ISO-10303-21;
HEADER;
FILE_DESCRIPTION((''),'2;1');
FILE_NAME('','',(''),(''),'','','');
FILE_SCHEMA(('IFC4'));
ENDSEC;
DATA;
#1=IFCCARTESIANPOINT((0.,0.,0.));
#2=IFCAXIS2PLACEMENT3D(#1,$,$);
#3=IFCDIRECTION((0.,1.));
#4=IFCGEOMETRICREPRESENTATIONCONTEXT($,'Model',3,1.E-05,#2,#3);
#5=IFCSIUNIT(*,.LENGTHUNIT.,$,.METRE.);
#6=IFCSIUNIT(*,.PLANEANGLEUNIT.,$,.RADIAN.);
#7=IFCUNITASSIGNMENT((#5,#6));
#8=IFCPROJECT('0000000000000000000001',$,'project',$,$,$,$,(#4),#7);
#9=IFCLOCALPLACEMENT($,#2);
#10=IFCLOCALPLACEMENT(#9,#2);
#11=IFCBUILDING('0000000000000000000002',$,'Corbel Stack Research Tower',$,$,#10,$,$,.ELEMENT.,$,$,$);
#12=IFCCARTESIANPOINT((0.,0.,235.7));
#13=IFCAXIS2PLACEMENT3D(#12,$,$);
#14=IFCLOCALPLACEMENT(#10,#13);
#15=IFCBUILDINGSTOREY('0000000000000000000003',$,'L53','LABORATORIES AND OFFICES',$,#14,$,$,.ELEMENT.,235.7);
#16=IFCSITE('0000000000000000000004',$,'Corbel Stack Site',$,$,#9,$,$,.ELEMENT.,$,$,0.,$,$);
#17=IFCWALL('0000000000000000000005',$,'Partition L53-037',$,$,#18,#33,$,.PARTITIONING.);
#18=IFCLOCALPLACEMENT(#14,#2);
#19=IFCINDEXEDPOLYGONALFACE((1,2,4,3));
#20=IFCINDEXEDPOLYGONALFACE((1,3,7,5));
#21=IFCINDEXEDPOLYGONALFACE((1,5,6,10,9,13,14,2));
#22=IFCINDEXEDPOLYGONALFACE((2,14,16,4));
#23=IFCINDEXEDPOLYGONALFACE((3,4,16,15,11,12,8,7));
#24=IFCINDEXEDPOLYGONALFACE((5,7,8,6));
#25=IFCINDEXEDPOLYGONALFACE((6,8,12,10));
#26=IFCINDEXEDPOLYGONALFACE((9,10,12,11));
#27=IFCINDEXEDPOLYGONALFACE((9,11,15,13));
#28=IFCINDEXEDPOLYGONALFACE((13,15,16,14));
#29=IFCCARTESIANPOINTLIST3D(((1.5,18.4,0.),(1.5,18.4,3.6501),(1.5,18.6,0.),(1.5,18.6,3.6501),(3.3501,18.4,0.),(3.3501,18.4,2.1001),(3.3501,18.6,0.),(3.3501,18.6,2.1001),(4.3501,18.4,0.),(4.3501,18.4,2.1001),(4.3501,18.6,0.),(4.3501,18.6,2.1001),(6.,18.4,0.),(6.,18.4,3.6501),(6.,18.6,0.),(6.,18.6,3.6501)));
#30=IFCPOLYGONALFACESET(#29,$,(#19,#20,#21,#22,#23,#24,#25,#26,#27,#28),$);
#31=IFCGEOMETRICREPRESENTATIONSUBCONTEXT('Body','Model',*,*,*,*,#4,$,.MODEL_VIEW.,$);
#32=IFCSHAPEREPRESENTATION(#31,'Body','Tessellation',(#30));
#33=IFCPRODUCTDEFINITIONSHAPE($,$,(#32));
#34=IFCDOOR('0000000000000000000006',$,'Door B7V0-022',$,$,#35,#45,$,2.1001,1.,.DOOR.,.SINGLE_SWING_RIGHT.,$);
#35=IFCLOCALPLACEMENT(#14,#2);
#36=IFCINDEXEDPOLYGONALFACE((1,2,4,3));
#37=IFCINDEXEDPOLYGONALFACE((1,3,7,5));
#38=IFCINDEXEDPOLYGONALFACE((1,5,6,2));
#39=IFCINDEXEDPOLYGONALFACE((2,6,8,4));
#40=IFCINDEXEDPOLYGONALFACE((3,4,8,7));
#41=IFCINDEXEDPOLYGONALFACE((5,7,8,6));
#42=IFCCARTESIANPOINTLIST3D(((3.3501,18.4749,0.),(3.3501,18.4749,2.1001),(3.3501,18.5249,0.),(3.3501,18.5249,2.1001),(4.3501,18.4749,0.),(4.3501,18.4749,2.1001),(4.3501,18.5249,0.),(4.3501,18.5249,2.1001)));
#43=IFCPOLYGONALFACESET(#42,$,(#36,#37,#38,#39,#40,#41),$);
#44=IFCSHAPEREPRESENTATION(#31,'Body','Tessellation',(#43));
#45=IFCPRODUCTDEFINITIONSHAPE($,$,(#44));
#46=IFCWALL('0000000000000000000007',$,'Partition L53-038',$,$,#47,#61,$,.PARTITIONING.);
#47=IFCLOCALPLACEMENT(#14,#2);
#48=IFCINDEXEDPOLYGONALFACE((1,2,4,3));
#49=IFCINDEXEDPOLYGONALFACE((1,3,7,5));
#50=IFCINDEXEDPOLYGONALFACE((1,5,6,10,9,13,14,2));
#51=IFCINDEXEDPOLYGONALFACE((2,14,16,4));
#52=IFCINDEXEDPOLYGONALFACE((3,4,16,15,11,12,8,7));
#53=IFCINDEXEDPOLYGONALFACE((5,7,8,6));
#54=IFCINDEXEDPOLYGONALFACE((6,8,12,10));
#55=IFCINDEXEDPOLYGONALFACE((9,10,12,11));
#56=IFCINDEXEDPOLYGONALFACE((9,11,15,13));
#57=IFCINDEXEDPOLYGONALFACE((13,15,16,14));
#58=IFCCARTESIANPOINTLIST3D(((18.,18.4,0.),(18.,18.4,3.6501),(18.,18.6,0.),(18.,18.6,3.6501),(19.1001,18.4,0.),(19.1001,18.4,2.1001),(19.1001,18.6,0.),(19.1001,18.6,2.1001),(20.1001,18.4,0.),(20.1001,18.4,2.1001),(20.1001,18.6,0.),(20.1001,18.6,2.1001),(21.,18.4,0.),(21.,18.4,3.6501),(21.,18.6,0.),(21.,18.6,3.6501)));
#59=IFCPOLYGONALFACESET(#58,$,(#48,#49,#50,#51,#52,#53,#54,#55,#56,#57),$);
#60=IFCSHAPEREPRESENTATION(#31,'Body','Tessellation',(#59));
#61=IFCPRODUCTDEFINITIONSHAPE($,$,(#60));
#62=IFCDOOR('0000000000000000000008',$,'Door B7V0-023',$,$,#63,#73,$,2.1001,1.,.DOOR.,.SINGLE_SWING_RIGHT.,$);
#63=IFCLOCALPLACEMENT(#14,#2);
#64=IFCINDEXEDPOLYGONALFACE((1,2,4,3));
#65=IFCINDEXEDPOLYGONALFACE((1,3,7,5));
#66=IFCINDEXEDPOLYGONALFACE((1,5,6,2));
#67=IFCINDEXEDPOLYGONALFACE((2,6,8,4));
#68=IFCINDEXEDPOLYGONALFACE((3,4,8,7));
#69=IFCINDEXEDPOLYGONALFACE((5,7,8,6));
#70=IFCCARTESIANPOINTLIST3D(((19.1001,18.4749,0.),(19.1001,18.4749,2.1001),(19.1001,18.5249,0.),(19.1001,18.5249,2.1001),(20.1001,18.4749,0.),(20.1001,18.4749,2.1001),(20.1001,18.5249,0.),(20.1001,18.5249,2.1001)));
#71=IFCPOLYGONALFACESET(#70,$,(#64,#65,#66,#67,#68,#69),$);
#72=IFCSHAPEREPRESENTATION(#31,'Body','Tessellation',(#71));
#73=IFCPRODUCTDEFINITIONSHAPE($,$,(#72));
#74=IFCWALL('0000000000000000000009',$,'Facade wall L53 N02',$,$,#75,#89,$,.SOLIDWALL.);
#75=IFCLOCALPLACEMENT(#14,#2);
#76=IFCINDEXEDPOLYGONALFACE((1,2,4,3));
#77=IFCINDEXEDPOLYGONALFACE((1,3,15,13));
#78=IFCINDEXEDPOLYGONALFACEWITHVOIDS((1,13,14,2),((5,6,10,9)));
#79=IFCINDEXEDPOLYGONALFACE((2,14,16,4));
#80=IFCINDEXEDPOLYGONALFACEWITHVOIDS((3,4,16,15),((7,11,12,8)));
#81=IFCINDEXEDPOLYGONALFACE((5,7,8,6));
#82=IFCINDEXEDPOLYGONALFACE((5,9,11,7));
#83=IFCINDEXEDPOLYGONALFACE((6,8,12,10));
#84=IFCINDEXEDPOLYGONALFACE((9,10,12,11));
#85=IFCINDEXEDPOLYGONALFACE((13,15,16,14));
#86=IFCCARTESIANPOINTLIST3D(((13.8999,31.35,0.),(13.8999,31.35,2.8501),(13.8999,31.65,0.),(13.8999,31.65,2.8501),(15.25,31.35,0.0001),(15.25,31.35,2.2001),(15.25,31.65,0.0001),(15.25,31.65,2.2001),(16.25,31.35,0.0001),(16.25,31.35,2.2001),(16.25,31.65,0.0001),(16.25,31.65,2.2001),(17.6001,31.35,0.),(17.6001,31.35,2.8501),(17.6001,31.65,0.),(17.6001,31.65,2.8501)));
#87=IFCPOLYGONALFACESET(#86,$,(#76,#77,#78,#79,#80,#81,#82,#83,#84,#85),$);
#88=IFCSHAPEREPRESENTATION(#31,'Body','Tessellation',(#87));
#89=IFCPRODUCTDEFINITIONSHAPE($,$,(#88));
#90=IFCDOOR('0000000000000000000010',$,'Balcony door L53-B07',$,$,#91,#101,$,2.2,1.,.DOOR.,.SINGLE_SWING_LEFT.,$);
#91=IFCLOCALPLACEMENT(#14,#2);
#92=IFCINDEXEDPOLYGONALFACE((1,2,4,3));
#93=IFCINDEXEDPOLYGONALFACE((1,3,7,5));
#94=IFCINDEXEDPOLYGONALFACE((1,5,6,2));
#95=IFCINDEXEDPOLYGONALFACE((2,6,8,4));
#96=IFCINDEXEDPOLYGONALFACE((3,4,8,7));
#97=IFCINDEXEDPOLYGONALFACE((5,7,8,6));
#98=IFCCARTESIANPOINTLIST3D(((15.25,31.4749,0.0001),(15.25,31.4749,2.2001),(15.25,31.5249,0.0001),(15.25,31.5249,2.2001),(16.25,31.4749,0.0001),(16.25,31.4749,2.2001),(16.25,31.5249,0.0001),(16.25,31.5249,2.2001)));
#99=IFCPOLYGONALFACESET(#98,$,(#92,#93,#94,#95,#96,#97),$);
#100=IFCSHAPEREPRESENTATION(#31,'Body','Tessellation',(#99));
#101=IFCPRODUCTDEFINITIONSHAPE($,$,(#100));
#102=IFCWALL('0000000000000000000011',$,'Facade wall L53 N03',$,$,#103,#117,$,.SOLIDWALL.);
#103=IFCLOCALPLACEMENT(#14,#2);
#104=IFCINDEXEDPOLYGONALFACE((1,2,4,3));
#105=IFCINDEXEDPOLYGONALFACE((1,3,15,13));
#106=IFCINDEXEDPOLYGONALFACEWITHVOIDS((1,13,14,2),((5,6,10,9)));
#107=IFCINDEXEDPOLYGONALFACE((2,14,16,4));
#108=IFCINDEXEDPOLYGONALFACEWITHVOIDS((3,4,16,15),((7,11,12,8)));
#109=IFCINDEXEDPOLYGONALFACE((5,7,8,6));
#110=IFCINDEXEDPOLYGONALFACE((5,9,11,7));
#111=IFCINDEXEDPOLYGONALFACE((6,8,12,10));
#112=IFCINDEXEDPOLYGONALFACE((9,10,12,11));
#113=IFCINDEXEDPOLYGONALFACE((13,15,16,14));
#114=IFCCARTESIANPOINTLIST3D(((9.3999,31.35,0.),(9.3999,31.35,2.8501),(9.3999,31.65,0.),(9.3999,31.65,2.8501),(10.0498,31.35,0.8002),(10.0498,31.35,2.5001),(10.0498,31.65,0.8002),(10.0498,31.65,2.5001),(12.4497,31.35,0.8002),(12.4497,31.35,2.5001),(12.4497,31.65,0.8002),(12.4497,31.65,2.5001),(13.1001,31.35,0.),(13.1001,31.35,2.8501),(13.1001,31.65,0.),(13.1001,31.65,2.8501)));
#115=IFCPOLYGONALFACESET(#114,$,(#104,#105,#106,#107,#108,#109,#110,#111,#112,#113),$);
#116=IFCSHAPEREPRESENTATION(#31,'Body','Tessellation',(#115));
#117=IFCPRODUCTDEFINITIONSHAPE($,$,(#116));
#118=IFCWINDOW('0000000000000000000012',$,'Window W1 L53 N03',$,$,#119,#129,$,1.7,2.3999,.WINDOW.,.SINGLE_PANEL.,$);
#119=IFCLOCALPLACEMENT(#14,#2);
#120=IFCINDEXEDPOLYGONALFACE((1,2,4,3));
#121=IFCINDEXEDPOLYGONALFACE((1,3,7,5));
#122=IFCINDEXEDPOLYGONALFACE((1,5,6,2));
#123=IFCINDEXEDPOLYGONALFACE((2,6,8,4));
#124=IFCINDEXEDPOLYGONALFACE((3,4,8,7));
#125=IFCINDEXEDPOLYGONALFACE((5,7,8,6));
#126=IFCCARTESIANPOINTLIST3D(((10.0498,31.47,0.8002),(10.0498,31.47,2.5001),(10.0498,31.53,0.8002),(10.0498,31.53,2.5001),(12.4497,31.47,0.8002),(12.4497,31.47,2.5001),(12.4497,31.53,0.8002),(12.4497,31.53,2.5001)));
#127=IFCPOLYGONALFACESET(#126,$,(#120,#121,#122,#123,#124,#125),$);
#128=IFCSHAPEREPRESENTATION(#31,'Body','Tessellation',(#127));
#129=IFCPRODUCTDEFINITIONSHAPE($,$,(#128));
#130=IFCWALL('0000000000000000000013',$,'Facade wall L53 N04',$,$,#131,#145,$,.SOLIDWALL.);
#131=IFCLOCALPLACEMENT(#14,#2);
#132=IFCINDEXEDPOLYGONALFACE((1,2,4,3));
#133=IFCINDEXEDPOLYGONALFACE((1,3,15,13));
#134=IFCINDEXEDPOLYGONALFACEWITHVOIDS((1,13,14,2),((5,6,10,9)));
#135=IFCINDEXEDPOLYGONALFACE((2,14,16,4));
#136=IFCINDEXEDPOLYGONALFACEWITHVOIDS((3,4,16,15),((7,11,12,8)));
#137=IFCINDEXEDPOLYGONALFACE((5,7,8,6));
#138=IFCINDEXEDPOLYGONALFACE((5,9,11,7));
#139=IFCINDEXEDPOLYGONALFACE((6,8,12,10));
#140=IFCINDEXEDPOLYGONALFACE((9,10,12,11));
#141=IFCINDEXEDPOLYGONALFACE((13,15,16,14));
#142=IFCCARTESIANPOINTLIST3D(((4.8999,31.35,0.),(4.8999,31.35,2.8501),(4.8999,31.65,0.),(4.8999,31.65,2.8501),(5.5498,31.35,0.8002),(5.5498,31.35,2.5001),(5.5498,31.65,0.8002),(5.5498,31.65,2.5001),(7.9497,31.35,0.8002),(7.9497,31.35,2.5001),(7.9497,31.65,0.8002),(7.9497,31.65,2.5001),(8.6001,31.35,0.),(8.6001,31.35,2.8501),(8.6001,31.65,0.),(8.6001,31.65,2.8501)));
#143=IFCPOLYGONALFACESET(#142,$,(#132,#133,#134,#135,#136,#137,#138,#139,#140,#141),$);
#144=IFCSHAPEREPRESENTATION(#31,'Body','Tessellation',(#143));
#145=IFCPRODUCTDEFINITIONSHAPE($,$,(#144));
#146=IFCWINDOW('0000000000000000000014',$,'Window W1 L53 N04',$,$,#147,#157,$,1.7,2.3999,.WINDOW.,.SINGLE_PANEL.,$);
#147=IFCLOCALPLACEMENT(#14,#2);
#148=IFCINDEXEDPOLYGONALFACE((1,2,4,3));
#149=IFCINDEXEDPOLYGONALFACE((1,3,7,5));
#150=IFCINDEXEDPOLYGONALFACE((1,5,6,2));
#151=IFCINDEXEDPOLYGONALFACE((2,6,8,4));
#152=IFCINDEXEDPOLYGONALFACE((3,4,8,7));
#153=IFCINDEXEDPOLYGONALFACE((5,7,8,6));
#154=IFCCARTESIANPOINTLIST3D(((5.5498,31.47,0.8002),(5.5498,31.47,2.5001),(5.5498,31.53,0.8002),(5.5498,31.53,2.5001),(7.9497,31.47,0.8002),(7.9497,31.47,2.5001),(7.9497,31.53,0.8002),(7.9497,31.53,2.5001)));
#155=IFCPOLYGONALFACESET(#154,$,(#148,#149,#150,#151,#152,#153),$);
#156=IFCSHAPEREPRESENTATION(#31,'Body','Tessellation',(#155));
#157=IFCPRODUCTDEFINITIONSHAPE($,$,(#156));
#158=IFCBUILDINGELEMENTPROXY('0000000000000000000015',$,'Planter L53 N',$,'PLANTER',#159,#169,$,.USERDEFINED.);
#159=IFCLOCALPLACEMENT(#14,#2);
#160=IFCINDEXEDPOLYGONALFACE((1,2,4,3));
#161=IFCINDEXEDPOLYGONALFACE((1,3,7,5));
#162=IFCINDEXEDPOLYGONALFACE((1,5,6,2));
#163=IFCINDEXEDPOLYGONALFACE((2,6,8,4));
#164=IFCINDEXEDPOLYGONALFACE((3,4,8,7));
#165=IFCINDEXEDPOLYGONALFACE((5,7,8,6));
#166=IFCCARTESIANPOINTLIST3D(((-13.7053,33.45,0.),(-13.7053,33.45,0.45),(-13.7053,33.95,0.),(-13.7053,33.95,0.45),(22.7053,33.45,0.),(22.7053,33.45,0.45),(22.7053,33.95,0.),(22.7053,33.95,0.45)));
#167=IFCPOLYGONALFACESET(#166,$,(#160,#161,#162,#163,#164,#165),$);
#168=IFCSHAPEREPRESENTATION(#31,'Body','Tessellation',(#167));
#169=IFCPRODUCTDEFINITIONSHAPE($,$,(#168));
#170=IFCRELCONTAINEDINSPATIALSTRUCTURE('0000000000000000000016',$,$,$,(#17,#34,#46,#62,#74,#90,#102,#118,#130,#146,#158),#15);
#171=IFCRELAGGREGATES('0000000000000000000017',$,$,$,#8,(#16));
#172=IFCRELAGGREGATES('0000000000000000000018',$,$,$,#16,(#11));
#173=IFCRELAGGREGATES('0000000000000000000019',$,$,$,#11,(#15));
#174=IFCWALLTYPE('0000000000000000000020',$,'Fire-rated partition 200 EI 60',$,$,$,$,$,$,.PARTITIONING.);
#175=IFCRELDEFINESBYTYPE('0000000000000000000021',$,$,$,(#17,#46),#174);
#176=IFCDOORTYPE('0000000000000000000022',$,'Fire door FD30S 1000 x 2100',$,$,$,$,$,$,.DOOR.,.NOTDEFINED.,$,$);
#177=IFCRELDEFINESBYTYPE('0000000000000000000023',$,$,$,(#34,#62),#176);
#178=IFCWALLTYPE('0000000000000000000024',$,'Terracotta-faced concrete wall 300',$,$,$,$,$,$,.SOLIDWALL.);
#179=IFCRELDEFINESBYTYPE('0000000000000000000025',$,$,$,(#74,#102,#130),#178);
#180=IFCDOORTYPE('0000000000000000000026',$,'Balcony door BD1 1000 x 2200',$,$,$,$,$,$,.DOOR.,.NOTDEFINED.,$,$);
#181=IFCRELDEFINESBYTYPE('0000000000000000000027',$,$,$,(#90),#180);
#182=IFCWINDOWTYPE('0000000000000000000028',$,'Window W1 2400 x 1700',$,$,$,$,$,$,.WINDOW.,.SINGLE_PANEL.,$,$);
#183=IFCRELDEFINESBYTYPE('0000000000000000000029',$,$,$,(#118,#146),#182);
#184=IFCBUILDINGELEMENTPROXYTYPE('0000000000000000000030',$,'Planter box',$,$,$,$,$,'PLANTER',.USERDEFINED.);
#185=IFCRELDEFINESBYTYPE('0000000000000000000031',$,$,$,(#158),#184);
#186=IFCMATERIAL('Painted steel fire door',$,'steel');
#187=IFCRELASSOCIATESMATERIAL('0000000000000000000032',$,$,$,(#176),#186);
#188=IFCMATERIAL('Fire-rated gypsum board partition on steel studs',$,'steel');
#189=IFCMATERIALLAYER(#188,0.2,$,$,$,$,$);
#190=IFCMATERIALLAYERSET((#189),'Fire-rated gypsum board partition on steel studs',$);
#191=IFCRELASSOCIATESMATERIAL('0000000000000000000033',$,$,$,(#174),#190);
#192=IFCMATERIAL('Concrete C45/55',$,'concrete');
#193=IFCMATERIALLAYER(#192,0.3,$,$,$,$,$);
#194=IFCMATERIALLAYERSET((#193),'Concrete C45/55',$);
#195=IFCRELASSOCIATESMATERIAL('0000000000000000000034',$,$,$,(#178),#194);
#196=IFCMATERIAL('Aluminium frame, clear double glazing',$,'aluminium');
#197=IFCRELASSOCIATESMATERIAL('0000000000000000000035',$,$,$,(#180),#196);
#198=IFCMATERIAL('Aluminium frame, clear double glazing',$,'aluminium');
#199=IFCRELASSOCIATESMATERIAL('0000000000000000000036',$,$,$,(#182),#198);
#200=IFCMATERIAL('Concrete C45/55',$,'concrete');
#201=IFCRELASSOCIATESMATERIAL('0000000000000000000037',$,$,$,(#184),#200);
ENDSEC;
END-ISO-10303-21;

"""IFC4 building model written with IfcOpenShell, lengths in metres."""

from ifc_helpers import new_model, si_unit, direction, frame, frame_2d, origin, origin_2d, place, context, subcontext, project, spatial, rectangle, extrude, material, layer, layer_set, type_object, element, fill, save


model = new_model("IFC4")

# Units and contexts
model_context = context("Model", 3, precision=1e-05, world=origin(), true_north=direction((0.0, 1.0)))
body_context = subcontext(model_context, "Body", "Model", "MODEL_VIEW")
ifc_project = project(units=[si_unit("LENGTHUNIT", "METRE"), si_unit("PLANEANGLEUNIT", "RADIAN")], contexts=[model_context])

# Site, building, storey
site_placement = place(None, origin())
site = spatial("IfcSite", under=ifc_project, at=site_placement, Name="Corbel Stack Site", CompositionType="ELEMENT", RefElevation=0.0)
building_placement = place(site_placement, origin())
building = spatial("IfcBuilding", under=site, at=building_placement, Name="Corbel Stack Research Tower", CompositionType="ELEMENT")
storey_placement = place(building_placement, frame((0.0, 0.0, 235.7)))
storey = spatial("IfcBuildingStorey", under=building, at=storey_placement, Name="L53", Description="LABORATORIES AND OFFICES", CompositionType="ELEMENT", Elevation=235.7)

# Shared definitions
ifc_material_1 = material(Name="Painted steel fire door", Category="steel")
door_type_1 = type_object("IfcDoorType", Name="Fire door FD30S 1000 x 2100", OperationType="NOTDEFINED", PredefinedType="DOOR", material=ifc_material_1)

# Shared definitions
ifc_material_2 = material(Name="Fire-rated gypsum board partition on steel studs", Category="steel")
ifc_layer_1 = layer(ifc_material_2, 0.2)
ifc_layer_set_1 = layer_set([ifc_layer_1], Name="Fire-rated gypsum board partition on steel studs")
wall_type_1 = type_object("IfcWallType", Name="Fire-rated partition 200 EI 60", PredefinedType="PARTITIONING", material=ifc_layer_set_1)

# Walls, openings, doors
wall_1_placement = place(storey_placement, frame((1.5, 18.5, 0.0), z_axis=(0.0, 0.0, 1.0), x_axis=(1.0, 0.0, 0.0)))
wall_1 = element("IfcWall", 1, at=wall_1_placement, inside=storey, type_object=wall_type_1, Name="Partition L53-037", PredefinedType="PARTITIONING", context=body_context, shape_type="SweptSolid", body=[
    extrude(rectangle(XDim=4.5, YDim=0.2, at=frame_2d((2.25, 0.0))), origin(), (0.0, 0.0, 1.0), 3.6501),
])
opening_1_placement = place(wall_1_placement, frame((1.8501, 0.0, 0.0)))
opening_1 = element("IfcOpeningElement", 2, at=opening_1_placement, cuts=wall_1, PredefinedType="OPENING", context=body_context, shape_type="SweptSolid", body=[
    extrude(rectangle(XDim=1.0, YDim=2.1001, at=frame_2d((0.5, 1.05))), frame((0.0, 0.1099, 0.0), z_axis=(0.0, -1.0, 0.0), x_axis=(1.0, 0.0, 0.0)), (0.0, 0.0, 1.0), 0.22),
])
door_1_placement = place(opening_1_placement, origin())
door_1 = element("IfcDoor", 3, at=door_1_placement, inside=storey, type_object=door_type_1, Name="Door B7V0-022", OperationType="SINGLE_SWING_RIGHT", OverallHeight=2.1001, OverallWidth=1.0, PredefinedType="DOOR", context=body_context, shape_type="SweptSolid", body=[
    extrude(rectangle(XDim=1.0, YDim=2.1001, at=frame_2d((0.5, 1.05))), frame((0.0, 0.0249, 0.0), z_axis=(0.0, -1.0, 0.0), x_axis=(1.0, 0.0, 0.0)), (0.0, 0.0, 1.0), 0.05),
])
fill(opening_1, door_1)
wall_2_placement = place(storey_placement, frame((18.0, 18.5, 0.0), z_axis=(0.0, 0.0, 1.0), x_axis=(1.0, 0.0, 0.0)))
wall_2 = element("IfcWall", 4, at=wall_2_placement, inside=storey, type_object=wall_type_1, Name="Partition L53-038", PredefinedType="PARTITIONING", context=body_context, shape_type="SweptSolid", body=[
    extrude(rectangle(XDim=3.0, YDim=0.2, at=frame_2d((1.5, 0.0))), origin(), (0.0, 0.0, 1.0), 3.6501),
])
opening_2_placement = place(wall_2_placement, frame((1.1001, 0.0, 0.0)))
opening_2 = element("IfcOpeningElement", 5, at=opening_2_placement, cuts=wall_2, PredefinedType="OPENING", context=body_context, shape_type="SweptSolid", body=[
    extrude(rectangle(XDim=1.0, YDim=2.1001, at=frame_2d((0.5, 1.05))), frame((0.0, 0.1099, 0.0), z_axis=(0.0, -1.0, 0.0), x_axis=(1.0, 0.0, 0.0)), (0.0, 0.0, 1.0), 0.22),
])
door_2_placement = place(opening_2_placement, origin())
door_2 = element("IfcDoor", 6, at=door_2_placement, inside=storey, type_object=door_type_1, Name="Door B7V0-023", OperationType="SINGLE_SWING_RIGHT", OverallHeight=2.1001, OverallWidth=1.0, PredefinedType="DOOR", context=body_context, shape_type="SweptSolid", body=[
    extrude(rectangle(XDim=1.0, YDim=2.1001, at=frame_2d((0.5, 1.05))), frame((0.0, 0.0249, 0.0), z_axis=(0.0, -1.0, 0.0), x_axis=(1.0, 0.0, 0.0)), (0.0, 0.0, 1.0), 0.05),
])
fill(opening_2, door_2)
ifc_material_3 = material(Name="Concrete C45/55", Category="concrete")
ifc_layer_2 = layer(ifc_material_3, 0.3)
ifc_layer_set_2 = layer_set([ifc_layer_2], Name="Concrete C45/55")
wall_type_2 = type_object("IfcWallType", Name="Terracotta-faced concrete wall 300", PredefinedType="SOLIDWALL", material=ifc_layer_set_2)
wall_3_placement = place(storey_placement, frame((13.8999, 31.5, 0.0), z_axis=(0.0, 0.0, 1.0), x_axis=(1.0, 0.0, 0.0)))
wall_3 = element("IfcWall", 7, at=wall_3_placement, inside=storey, type_object=wall_type_2, Name="Facade wall L53 N02", PredefinedType="SOLIDWALL", context=body_context, shape_type="SweptSolid", body=[
    extrude(rectangle(XDim=3.7002, YDim=0.3, at=frame_2d((1.8501, 0.0))), origin(), (0.0, 0.0, 1.0), 2.8501),
])
opening_3_placement = place(wall_3_placement, frame((1.3501, 0.0, 0.0)))
opening_3 = element("IfcOpeningElement", 8, at=opening_3_placement, cuts=wall_3, PredefinedType="OPENING", context=body_context, shape_type="SweptSolid", body=[
    extrude(rectangle(XDim=1.0, YDim=2.2, at=frame_2d((0.5, 1.1001))), frame((0.0, 0.1599, 0.0), z_axis=(0.0, -1.0, 0.0), x_axis=(1.0, 0.0, 0.0)), (0.0, 0.0, 1.0), 0.3201),
])
ifc_material_4 = material(Name="Aluminium frame, clear double glazing", Category="aluminium")
door_type_2 = type_object("IfcDoorType", Name="Balcony door BD1 1000 x 2200", OperationType="NOTDEFINED", PredefinedType="DOOR", material=ifc_material_4)
door_3_placement = place(opening_3_placement, origin())
door_3 = element("IfcDoor", 9, at=door_3_placement, inside=storey, type_object=door_type_2, Name="Balcony door L53-B07", OperationType="SINGLE_SWING_LEFT", OverallHeight=2.2, OverallWidth=1.0, PredefinedType="DOOR", context=body_context, shape_type="SweptSolid", body=[
    extrude(rectangle(XDim=1.0, YDim=2.2, at=frame_2d((0.5, 1.1001))), frame((0.0, 0.0249, 0.0), z_axis=(0.0, -1.0, 0.0), x_axis=(1.0, 0.0, 0.0)), (0.0, 0.0, 1.0), 0.05),
])
fill(opening_3, door_3)

# Walls, openings, windows
wall_4_placement = place(storey_placement, frame((9.3999, 31.5, 0.0), z_axis=(0.0, 0.0, 1.0), x_axis=(1.0, 0.0, 0.0)))
wall_4 = element("IfcWall", 10, at=wall_4_placement, inside=storey, type_object=wall_type_2, Name="Facade wall L53 N03", PredefinedType="SOLIDWALL", context=body_context, shape_type="SweptSolid", body=[
    extrude(rectangle(XDim=3.7002, YDim=0.3, at=frame_2d((1.8501, 0.0))), origin(), (0.0, 0.0, 1.0), 2.8501),
])
opening_4_placement = place(wall_4_placement, frame((0.6499, 0.0, 0.8)))
opening_4 = element("IfcOpeningElement", 11, at=opening_4_placement, cuts=wall_4, PredefinedType="OPENING", context=body_context, shape_type="SweptSolid", body=[
    extrude(rectangle(XDim=2.3999, YDim=1.7, at=frame_2d((1.2, 0.8501))), frame((0.0, 0.1599, 0.0), z_axis=(0.0, -1.0, 0.0), x_axis=(1.0, 0.0, 0.0)), (0.0, 0.0, 1.0), 0.3201),
])
ifc_material_5 = material(Name="Aluminium frame, clear double glazing", Category="aluminium")
window_type = type_object("IfcWindowType", Name="Window W1 2400 x 1700", PartitioningType="SINGLE_PANEL", PredefinedType="WINDOW", material=ifc_material_5)
window_1_placement = place(opening_4_placement, origin())
window_1 = element("IfcWindow", 12, at=window_1_placement, inside=storey, type_object=window_type, Name="Window W1 L53 N03", OverallHeight=1.7, OverallWidth=2.3999, PartitioningType="SINGLE_PANEL", PredefinedType="WINDOW", context=body_context, shape_type="SweptSolid", body=[
    extrude(rectangle(XDim=2.3999, YDim=1.7, at=frame_2d((1.2, 0.8501))), frame((0.0, 0.03, 0.0), z_axis=(0.0, -1.0, 0.0), x_axis=(1.0, 0.0, 0.0)), (0.0, 0.0, 1.0), 0.0601),
])
fill(opening_4, window_1)
wall_5_placement = place(storey_placement, frame((4.8999, 31.5, 0.0), z_axis=(0.0, 0.0, 1.0), x_axis=(1.0, 0.0, 0.0)))
wall_5 = element("IfcWall", 13, at=wall_5_placement, inside=storey, type_object=wall_type_2, Name="Facade wall L53 N04", PredefinedType="SOLIDWALL", context=body_context, shape_type="SweptSolid", body=[
    extrude(rectangle(XDim=3.7002, YDim=0.3, at=frame_2d((1.8501, 0.0))), origin(), (0.0, 0.0, 1.0), 2.8501),
])
opening_5_placement = place(wall_5_placement, frame((0.6499, 0.0, 0.8)))
opening_5 = element("IfcOpeningElement", 14, at=opening_5_placement, cuts=wall_5, PredefinedType="OPENING", context=body_context, shape_type="SweptSolid", body=[
    extrude(rectangle(XDim=2.3999, YDim=1.7, at=frame_2d((1.2, 0.8501))), frame((0.0, 0.1599, 0.0), z_axis=(0.0, -1.0, 0.0), x_axis=(1.0, 0.0, 0.0)), (0.0, 0.0, 1.0), 0.3201),
])
window_2_placement = place(opening_5_placement, origin())
window_2 = element("IfcWindow", 15, at=window_2_placement, inside=storey, type_object=window_type, Name="Window W1 L53 N04", OverallHeight=1.7, OverallWidth=2.3999, PartitioningType="SINGLE_PANEL", PredefinedType="WINDOW", context=body_context, shape_type="SweptSolid", body=[
    extrude(rectangle(XDim=2.3999, YDim=1.7, at=frame_2d((1.2, 0.8501))), frame((0.0, 0.03, 0.0), z_axis=(0.0, -1.0, 0.0), x_axis=(1.0, 0.0, 0.0)), (0.0, 0.0, 1.0), 0.0601),
])
fill(opening_5, window_2)

# Building element proxy
ifc_material_6 = material(Name="Concrete C45/55", Category="concrete")
building_element_proxy_type = type_object("IfcBuildingElementProxyType", Name="Planter box", ElementType="PLANTER", PredefinedType="USERDEFINED", material=ifc_material_6)
proxy_placement = place(storey_placement, frame((4.5, 33.7, 0.0), z_axis=(0.0, 0.0, 1.0), x_axis=(-1.0, 0.0, 0.0)))
element("IfcBuildingElementProxy", 16, at=proxy_placement, inside=storey, type_object=building_element_proxy_type, Name="Planter L53 N", ObjectType="PLANTER", PredefinedType="USERDEFINED", context=body_context, shape_type="SweptSolid", body=[
    extrude(rectangle(XDim=36.4106, YDim=0.5, at=origin_2d()), origin(), (0.0, 0.0, 1.0), 0.45),
])

save(model, "model.ifc")
